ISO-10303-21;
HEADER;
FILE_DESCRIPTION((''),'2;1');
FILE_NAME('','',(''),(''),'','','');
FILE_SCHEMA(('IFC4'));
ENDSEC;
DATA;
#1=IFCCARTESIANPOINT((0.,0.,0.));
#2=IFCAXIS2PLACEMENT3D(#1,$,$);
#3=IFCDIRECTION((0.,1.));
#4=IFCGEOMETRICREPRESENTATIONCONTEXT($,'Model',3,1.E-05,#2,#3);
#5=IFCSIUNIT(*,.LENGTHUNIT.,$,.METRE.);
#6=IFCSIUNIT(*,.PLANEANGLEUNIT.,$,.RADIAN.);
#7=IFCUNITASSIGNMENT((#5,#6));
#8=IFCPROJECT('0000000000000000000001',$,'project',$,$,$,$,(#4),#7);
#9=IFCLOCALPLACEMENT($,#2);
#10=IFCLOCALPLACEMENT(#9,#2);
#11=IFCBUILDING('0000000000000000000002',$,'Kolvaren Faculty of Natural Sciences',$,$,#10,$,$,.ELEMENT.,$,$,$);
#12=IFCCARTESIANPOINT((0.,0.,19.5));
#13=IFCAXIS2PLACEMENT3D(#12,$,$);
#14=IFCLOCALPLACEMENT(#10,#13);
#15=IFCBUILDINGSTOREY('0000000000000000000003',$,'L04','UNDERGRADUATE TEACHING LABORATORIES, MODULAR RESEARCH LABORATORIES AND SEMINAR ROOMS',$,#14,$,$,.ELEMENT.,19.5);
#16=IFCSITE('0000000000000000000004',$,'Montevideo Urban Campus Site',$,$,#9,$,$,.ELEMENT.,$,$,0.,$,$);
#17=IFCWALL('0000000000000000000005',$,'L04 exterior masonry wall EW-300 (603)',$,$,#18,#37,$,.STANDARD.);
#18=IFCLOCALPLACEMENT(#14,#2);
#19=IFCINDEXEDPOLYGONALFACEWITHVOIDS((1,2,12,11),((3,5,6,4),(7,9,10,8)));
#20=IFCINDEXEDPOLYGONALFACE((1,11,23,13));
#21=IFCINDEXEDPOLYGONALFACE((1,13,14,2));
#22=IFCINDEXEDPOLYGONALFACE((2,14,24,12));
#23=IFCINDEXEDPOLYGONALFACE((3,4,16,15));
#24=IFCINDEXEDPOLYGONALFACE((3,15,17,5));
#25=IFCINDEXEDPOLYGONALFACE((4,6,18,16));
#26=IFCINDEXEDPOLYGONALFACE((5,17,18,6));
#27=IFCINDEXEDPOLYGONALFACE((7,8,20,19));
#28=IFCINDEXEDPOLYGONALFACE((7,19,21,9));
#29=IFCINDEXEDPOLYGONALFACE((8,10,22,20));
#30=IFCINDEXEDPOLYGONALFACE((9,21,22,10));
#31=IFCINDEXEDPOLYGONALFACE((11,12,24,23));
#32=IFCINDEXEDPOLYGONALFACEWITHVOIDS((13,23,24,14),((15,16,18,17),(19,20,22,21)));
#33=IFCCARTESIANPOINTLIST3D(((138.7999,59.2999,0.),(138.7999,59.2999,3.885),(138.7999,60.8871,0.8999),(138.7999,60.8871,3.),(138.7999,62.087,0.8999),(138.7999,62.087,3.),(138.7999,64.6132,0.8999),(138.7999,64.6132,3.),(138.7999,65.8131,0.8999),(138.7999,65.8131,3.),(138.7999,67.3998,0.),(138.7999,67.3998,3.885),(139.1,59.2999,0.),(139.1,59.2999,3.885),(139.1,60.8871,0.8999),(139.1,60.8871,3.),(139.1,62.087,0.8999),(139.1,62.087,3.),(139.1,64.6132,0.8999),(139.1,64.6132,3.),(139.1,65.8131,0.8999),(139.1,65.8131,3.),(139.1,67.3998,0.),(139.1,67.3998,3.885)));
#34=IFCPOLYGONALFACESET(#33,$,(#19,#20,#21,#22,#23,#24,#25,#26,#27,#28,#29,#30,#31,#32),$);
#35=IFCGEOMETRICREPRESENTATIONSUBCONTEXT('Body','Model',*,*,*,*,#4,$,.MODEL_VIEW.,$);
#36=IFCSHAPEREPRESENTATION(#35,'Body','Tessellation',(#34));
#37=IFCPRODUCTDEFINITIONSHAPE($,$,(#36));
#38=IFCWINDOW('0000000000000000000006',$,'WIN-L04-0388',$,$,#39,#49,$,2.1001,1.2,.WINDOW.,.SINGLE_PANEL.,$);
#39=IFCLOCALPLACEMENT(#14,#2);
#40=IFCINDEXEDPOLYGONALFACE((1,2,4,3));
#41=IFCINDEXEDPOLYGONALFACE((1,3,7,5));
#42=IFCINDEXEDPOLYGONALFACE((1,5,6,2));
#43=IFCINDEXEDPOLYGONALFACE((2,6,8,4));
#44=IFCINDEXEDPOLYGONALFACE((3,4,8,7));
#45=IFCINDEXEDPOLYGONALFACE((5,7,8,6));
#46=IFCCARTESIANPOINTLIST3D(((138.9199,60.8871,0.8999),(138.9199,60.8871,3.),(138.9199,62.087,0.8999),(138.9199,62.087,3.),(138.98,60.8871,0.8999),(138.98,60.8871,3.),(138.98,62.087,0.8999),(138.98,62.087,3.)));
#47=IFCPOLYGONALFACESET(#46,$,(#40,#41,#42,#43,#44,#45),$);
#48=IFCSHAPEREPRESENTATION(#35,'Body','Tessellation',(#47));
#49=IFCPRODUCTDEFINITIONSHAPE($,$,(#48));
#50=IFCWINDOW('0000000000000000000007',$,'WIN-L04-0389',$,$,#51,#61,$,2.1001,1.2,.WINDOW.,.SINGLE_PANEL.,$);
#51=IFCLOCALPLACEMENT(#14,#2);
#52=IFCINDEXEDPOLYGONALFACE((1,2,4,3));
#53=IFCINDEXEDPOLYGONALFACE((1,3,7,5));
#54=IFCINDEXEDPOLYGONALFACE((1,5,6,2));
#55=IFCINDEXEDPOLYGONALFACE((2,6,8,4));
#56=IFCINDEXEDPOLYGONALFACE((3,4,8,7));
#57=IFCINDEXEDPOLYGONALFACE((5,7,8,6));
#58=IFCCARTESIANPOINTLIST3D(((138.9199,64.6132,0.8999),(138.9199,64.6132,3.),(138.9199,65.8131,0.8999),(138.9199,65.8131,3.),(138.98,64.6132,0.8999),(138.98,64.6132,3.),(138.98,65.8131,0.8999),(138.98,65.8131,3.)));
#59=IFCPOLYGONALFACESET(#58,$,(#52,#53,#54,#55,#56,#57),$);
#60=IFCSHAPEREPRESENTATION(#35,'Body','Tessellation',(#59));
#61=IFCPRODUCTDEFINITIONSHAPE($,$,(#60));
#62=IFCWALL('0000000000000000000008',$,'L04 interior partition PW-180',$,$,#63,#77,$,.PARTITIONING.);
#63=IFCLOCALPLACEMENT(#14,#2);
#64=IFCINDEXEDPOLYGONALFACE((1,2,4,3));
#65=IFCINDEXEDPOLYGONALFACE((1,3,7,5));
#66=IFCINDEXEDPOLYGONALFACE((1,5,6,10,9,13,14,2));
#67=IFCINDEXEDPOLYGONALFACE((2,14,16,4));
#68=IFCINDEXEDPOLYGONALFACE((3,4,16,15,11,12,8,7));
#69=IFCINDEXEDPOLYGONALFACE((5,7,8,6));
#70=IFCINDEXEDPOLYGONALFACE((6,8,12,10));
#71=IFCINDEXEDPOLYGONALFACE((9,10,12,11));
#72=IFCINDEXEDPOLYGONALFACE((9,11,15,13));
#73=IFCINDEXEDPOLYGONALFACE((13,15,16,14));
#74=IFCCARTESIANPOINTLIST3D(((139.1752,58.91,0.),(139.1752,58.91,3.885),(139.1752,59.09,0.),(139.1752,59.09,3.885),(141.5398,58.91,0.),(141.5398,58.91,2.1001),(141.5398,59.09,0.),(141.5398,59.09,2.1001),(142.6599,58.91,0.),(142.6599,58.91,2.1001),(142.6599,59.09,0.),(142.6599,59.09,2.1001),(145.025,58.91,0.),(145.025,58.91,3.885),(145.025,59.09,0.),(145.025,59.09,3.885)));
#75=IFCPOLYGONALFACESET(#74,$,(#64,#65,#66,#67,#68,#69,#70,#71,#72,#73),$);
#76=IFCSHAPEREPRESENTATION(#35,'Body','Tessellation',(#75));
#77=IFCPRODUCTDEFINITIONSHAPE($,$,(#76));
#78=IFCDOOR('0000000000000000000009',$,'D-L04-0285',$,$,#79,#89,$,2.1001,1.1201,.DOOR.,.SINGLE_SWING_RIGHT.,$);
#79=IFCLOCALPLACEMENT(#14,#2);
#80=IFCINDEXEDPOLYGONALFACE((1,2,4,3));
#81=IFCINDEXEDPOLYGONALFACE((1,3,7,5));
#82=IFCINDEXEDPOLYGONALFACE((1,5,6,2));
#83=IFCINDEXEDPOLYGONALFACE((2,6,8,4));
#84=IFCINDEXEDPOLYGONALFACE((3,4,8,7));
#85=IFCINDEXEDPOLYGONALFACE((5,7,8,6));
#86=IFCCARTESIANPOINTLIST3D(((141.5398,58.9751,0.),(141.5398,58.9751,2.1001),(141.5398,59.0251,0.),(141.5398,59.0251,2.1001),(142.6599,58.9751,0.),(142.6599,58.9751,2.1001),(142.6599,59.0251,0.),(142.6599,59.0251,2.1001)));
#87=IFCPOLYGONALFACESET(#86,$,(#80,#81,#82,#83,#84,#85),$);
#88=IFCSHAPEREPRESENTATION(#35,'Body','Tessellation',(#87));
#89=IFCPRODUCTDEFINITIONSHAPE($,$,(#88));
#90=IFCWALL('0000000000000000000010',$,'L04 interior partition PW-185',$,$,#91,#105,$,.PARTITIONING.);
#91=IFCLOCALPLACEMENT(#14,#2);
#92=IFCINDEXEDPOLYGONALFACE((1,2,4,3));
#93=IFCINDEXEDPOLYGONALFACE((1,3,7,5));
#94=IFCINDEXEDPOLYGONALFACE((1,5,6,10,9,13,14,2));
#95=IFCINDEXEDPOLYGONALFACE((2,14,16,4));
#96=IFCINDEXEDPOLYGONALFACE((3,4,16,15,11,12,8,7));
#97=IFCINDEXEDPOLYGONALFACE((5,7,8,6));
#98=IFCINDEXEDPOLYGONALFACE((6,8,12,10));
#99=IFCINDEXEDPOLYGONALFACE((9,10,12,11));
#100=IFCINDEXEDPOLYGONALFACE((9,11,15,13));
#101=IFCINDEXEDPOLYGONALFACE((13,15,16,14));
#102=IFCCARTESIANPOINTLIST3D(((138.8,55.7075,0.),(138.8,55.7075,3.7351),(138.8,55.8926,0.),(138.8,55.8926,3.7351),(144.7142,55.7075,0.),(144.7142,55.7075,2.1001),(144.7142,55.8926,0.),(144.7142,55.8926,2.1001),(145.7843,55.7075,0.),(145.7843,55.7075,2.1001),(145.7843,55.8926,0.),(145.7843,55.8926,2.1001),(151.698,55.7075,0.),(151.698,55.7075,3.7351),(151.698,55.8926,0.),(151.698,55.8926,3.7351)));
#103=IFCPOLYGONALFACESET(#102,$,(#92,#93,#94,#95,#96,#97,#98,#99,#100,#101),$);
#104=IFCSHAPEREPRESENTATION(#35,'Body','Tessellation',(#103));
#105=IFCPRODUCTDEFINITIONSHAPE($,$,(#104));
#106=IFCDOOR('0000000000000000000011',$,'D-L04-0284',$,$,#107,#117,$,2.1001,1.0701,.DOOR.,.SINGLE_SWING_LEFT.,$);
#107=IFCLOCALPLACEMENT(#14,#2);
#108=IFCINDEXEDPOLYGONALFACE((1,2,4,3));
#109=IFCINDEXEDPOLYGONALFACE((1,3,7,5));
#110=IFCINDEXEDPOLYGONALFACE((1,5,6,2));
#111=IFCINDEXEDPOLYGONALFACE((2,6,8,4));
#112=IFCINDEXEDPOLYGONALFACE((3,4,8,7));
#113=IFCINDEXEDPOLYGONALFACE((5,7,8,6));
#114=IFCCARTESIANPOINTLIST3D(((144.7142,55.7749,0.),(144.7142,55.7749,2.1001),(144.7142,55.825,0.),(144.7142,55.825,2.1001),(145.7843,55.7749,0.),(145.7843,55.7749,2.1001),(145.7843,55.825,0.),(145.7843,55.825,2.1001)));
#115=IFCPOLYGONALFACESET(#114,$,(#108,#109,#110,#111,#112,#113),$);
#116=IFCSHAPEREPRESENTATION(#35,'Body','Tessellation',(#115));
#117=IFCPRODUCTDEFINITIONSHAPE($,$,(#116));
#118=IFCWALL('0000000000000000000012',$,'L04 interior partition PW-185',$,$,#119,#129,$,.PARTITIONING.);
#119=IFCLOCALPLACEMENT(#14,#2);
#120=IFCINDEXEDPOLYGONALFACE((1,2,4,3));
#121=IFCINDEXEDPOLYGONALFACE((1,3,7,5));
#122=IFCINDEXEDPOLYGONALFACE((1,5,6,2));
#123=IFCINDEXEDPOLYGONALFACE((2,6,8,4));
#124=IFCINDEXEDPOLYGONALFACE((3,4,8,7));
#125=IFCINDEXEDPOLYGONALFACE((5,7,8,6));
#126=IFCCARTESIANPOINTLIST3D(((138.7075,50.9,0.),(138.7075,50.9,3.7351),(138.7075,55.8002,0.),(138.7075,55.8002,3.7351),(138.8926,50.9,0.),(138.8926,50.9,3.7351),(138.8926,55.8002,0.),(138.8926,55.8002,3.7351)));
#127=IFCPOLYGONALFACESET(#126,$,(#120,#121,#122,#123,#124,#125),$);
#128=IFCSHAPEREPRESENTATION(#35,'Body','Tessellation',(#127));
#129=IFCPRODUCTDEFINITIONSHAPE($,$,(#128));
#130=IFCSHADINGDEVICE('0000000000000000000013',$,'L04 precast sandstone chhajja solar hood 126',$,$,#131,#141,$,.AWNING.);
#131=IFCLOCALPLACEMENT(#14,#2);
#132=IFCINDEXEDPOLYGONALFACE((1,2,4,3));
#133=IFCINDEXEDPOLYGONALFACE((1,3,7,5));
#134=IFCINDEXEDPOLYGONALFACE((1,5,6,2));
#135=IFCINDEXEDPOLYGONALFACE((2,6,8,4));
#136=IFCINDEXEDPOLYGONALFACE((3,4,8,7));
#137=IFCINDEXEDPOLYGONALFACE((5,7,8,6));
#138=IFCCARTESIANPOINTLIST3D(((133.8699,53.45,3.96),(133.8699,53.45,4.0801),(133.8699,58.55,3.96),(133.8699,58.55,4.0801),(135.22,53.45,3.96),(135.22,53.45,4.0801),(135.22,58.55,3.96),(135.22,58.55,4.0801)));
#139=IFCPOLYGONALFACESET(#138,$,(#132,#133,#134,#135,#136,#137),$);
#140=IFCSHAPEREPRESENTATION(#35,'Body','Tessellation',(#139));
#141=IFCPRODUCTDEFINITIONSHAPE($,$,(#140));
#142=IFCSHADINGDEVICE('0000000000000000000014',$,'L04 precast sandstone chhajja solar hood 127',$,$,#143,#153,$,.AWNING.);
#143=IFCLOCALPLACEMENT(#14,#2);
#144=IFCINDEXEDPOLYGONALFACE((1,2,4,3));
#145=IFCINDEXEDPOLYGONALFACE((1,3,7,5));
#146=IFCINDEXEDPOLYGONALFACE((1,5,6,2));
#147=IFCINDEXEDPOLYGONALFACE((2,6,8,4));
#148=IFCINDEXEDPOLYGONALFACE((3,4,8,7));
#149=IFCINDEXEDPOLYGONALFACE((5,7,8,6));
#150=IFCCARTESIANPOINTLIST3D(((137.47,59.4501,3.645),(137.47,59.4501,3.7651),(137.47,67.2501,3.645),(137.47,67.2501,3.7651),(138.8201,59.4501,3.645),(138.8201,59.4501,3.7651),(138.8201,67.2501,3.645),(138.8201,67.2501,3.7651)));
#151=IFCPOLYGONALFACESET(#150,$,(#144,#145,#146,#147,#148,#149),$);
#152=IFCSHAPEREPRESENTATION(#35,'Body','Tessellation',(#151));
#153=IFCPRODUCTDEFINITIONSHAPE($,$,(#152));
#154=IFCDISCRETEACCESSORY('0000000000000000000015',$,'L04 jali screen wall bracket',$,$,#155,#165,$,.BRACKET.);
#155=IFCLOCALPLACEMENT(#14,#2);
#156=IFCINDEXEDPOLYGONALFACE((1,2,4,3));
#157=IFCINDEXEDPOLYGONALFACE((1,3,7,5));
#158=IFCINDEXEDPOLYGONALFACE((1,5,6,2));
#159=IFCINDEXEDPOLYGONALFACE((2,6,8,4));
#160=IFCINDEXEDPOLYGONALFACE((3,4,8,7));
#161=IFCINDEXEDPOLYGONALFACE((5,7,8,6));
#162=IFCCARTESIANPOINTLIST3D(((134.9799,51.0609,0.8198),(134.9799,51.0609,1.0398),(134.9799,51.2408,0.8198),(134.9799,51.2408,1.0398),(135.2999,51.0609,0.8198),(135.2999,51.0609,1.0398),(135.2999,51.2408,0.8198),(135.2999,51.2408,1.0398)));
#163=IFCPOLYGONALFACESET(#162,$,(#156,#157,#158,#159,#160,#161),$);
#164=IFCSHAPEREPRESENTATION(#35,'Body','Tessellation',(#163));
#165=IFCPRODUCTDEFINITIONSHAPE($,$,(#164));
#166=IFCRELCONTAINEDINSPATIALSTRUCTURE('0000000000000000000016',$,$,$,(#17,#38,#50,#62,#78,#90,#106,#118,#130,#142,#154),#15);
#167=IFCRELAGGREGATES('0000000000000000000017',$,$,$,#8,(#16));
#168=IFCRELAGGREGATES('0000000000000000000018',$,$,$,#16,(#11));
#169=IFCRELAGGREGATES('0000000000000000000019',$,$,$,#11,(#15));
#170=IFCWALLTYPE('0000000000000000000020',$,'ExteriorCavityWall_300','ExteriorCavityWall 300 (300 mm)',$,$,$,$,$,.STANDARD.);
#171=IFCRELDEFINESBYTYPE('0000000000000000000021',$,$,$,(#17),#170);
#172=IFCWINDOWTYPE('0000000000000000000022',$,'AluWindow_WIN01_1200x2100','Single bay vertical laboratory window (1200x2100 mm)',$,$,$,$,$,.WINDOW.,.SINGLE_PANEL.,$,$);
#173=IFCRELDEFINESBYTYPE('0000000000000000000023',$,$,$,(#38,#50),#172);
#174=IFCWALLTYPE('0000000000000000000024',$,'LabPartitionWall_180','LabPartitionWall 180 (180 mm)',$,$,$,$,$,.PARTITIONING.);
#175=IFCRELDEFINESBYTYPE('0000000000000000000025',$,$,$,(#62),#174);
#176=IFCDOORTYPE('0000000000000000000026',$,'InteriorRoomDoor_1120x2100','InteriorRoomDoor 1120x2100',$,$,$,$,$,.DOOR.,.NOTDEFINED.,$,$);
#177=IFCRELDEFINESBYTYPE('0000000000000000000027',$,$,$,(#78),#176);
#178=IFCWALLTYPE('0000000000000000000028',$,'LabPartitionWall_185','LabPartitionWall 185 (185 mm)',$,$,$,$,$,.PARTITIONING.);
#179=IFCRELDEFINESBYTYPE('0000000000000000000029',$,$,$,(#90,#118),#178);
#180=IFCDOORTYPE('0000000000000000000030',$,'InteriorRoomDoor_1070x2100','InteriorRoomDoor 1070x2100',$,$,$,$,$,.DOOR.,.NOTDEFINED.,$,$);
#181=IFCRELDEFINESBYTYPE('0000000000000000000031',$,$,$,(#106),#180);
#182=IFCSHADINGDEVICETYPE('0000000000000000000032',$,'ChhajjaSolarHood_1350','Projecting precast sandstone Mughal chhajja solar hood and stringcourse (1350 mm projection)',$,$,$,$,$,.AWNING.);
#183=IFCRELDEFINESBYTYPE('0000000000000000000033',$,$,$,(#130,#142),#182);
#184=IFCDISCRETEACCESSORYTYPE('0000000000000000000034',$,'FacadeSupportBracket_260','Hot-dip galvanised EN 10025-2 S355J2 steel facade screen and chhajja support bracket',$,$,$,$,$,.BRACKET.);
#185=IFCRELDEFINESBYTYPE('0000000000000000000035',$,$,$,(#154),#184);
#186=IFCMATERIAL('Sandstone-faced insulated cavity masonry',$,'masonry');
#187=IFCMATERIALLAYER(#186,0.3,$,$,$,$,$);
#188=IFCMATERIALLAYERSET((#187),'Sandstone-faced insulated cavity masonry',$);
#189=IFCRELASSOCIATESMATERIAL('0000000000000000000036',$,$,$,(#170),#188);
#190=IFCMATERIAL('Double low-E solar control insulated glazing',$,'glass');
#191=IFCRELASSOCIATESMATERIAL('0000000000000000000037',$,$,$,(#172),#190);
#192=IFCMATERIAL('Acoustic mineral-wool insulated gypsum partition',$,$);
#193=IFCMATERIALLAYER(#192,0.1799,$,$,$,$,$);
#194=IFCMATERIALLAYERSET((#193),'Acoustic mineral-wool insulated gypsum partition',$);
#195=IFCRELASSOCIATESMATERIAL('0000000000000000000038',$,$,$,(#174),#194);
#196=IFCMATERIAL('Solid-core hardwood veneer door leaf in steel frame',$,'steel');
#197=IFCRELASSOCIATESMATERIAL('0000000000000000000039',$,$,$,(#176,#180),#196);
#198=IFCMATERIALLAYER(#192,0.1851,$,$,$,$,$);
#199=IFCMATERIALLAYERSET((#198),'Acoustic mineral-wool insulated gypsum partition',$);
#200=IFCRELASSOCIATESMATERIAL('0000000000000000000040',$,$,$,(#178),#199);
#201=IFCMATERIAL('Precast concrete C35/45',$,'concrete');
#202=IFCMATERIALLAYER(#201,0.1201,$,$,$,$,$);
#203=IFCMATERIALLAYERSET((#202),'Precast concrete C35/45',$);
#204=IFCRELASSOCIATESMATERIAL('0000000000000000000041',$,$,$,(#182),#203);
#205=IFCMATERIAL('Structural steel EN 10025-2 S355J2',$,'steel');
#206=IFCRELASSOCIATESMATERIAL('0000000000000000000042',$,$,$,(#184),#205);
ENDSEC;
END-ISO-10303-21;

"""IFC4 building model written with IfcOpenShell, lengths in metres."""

from ifc_helpers import new_model, si_unit, direction, frame, frame_2d, origin, origin_2d, place, context, subcontext, project, spatial, rectangle, extrude, material, layer, layer_set, type_object, element, fill, save


model = new_model("IFC4")

# Units and contexts
model_context = context("Model", 3, precision=1e-05, world=origin(), true_north=direction((0.0, 1.0)))
body_context = subcontext(model_context, "Body", "Model", "MODEL_VIEW")
ifc_project = project(units=[si_unit("LENGTHUNIT", "METRE"), si_unit("PLANEANGLEUNIT", "RADIAN")], contexts=[model_context])

# Site, building, storey
site_placement = place(None, origin())
site = spatial("IfcSite", under=ifc_project, at=site_placement, Name="Montevideo Urban Campus Site", CompositionType="ELEMENT", RefElevation=0.0)
building_placement = place(site_placement, origin())
building = spatial("IfcBuilding", under=site, at=building_placement, Name="Kolvaren Faculty of Natural Sciences", CompositionType="ELEMENT")
storey_placement = place(building_placement, frame((0.0, 0.0, 19.5)))
storey = spatial("IfcBuildingStorey", under=building, at=storey_placement, Name="L04", Description="UNDERGRADUATE TEACHING LABORATORIES, MODULAR RESEARCH LABORATORIES AND SEMINAR ROOMS", CompositionType="ELEMENT", Elevation=19.5)

# Shared definitions
ifc_material_1 = material(Name="Sandstone-faced insulated cavity masonry", Category="masonry")
ifc_layer_1 = layer(ifc_material_1, 0.3)
ifc_layer_set_1 = layer_set([ifc_layer_1], Name="Sandstone-faced insulated cavity masonry")
wall_type_1 = type_object("IfcWallType", Name="ExteriorCavityWall_300", Description="ExteriorCavityWall 300 (300 mm)", PredefinedType="STANDARD", material=ifc_layer_set_1)
ifc_material_2 = material(Name="Double low-E solar control insulated glazing", Category="glass")

# Wall, openings, windows
wall_1_placement = place(storey_placement, frame((138.95, 59.3, 0.0), z_axis=(0.0, 0.0, 1.0), x_axis=(0.0, 1.0, 0.0)))
wall_1 = element("IfcWall", 1, at=wall_1_placement, inside=storey, type_object=wall_type_1, Name="L04 exterior masonry wall EW-300 (603)", PredefinedType="STANDARD", context=body_context, shape_type="SweptSolid", body=[
    extrude(rectangle(XDim=8.0999, YDim=0.3, at=frame_2d((4.0498, 0.0))), origin(), (0.0, 0.0, 1.0), 3.885),
])
opening_1_placement = place(wall_1_placement, frame((1.5869, 0.0, 0.8999)))
opening_1 = element("IfcOpeningElement", 2, at=opening_1_placement, cuts=wall_1, PredefinedType="OPENING", context=body_context, shape_type="SweptSolid", body=[
    extrude(rectangle(XDim=1.2, YDim=2.1001, at=frame_2d((0.6001, 1.05))), frame((0.0, 0.1599, 0.0), z_axis=(0.0, -1.0, 0.0), x_axis=(1.0, 0.0, 0.0)), (0.0, 0.0, 1.0), 0.3201),
])
opening_2_placement = place(wall_1_placement, frame((5.313, 0.0, 0.8999)))
opening_2 = element("IfcOpeningElement", 3, at=opening_2_placement, cuts=wall_1, PredefinedType="OPENING", context=body_context, shape_type="SweptSolid", body=[
    extrude(rectangle(XDim=1.2, YDim=2.1001, at=frame_2d((0.6001, 1.05))), frame((0.0, 0.1599, 0.0), z_axis=(0.0, -1.0, 0.0), x_axis=(1.0, 0.0, 0.0)), (0.0, 0.0, 1.0), 0.3201),
])
window_type_1 = type_object("IfcWindowType", Name="AluWindow_WIN01_1200x2100", Description="Single bay vertical laboratory window (1200x2100 mm)", PartitioningType="SINGLE_PANEL", PredefinedType="WINDOW", material=ifc_material_2)
window_1_placement = place(opening_1_placement, origin())
window_1 = element("IfcWindow", 4, at=window_1_placement, inside=storey, type_object=window_type_1, Name="WIN-L04-0388", OverallHeight=2.1001, OverallWidth=1.2, PartitioningType="SINGLE_PANEL", PredefinedType="WINDOW", context=body_context, shape_type="SweptSolid", body=[
    extrude(rectangle(XDim=1.2, YDim=2.1001, at=frame_2d((0.6001, 1.05))), frame((0.0, 0.03, 0.0), z_axis=(0.0, -1.0, 0.0), x_axis=(1.0, 0.0, 0.0)), (0.0, 0.0, 1.0), 0.0601),
])
fill(opening_1, window_1)
window_2_placement = place(opening_2_placement, origin())
window_2 = element("IfcWindow", 5, at=window_2_placement, inside=storey, type_object=window_type_1, Name="WIN-L04-0389", OverallHeight=2.1001, OverallWidth=1.2, PartitioningType="SINGLE_PANEL", PredefinedType="WINDOW", context=body_context, shape_type="SweptSolid", body=[
    extrude(rectangle(XDim=1.2, YDim=2.1001, at=frame_2d((0.6001, 1.05))), frame((0.0, 0.03, 0.0), z_axis=(0.0, -1.0, 0.0), x_axis=(1.0, 0.0, 0.0)), (0.0, 0.0, 1.0), 0.0601),
])
fill(opening_2, window_2)

# Walls, openings, doors
ifc_material_3 = material(Name="Acoustic mineral-wool insulated gypsum partition")
ifc_layer_2 = layer(ifc_material_3, 0.1799)
ifc_layer_set_2 = layer_set([ifc_layer_2], Name="Acoustic mineral-wool insulated gypsum partition")
wall_type_2 = type_object("IfcWallType", Name="LabPartitionWall_180", Description="LabPartitionWall 180 (180 mm)", PredefinedType="PARTITIONING", material=ifc_layer_set_2)
wall_2_placement = place(storey_placement, frame((145.0249, 59.0, 0.0), z_axis=(0.0, 0.0, 1.0), x_axis=(-1.0, 0.0, 0.0)))
wall_2 = element("IfcWall", 6, at=wall_2_placement, inside=storey, type_object=wall_type_2, Name="L04 interior partition PW-180", PredefinedType="PARTITIONING", context=body_context, shape_type="SweptSolid", body=[
    extrude(rectangle(XDim=5.8499, YDim=0.1799, at=frame_2d((2.9248, 0.0))), origin(), (0.0, 0.0, 1.0), 3.885),
])
opening_3_placement = place(wall_2_placement, frame((2.365, 0.0, 0.0)))
opening_3 = element("IfcOpeningElement", 7, at=opening_3_placement, cuts=wall_2, PredefinedType="OPENING", context=body_context, shape_type="SweptSolid", body=[
    extrude(rectangle(XDim=1.1201, YDim=2.1001, at=frame_2d((0.5601, 1.05))), frame((0.0, 0.0999, 0.0), z_axis=(0.0, -1.0, 0.0), x_axis=(1.0, 0.0, 0.0)), (0.0, 0.0, 1.0), 0.2),
])
ifc_material_4 = material(Name="Solid-core hardwood veneer door leaf in steel frame", Category="steel")
door_type_1 = type_object("IfcDoorType", Name="InteriorRoomDoor_1120x2100", Description="InteriorRoomDoor 1120x2100", OperationType="NOTDEFINED", PredefinedType="DOOR", material=ifc_material_4)
door_1_placement = place(opening_3_placement, origin())
door_1 = element("IfcDoor", 8, at=door_1_placement, inside=storey, type_object=door_type_1, Name="D-L04-0285", OperationType="SINGLE_SWING_RIGHT", OverallHeight=2.1001, OverallWidth=1.1201, PredefinedType="DOOR", context=body_context, shape_type="SweptSolid", body=[
    extrude(rectangle(XDim=1.1201, YDim=2.1001, at=frame_2d((0.5601, 1.05))), frame((0.0, 0.0249, 0.0), z_axis=(0.0, -1.0, 0.0), x_axis=(1.0, 0.0, 0.0)), (0.0, 0.0, 1.0), 0.05),
])
fill(opening_3, door_1)
ifc_layer_3 = layer(ifc_material_3, 0.1851)
ifc_layer_set_3 = layer_set([ifc_layer_3], Name="Acoustic mineral-wool insulated gypsum partition")
wall_type_3 = type_object("IfcWallType", Name="LabPartitionWall_185", Description="LabPartitionWall 185 (185 mm)", PredefinedType="PARTITIONING", material=ifc_layer_set_3)
wall_3_placement = place(storey_placement, frame((138.8, 55.8, 0.0), z_axis=(0.0, 0.0, 1.0), x_axis=(1.0, 0.0, 0.0)))
wall_3 = element("IfcWall", 9, at=wall_3_placement, inside=storey, type_object=wall_type_3, Name="L04 interior partition PW-185", PredefinedType="PARTITIONING", context=body_context, shape_type="SweptSolid", body=[
    extrude(rectangle(XDim=12.8979, YDim=0.1851, at=frame_2d((6.449, 0.0))), origin(), (0.0, 0.0, 1.0), 3.7351),
])
opening_4_placement = place(wall_3_placement, frame((5.9141, 0.0, 0.0)))
opening_4 = element("IfcOpeningElement", 10, at=opening_4_placement, cuts=wall_3, PredefinedType="OPENING", context=body_context, shape_type="SweptSolid", body=[
    extrude(rectangle(XDim=1.0701, YDim=2.1001, at=frame_2d((0.5352, 1.05))), frame((0.0, 0.1025, 0.0), z_axis=(0.0, -1.0, 0.0), x_axis=(1.0, 0.0, 0.0)), (0.0, 0.0, 1.0), 0.2051),
])
door_type_2 = type_object("IfcDoorType", Name="InteriorRoomDoor_1070x2100", Description="InteriorRoomDoor 1070x2100", OperationType="NOTDEFINED", PredefinedType="DOOR", material=ifc_material_4)
door_2_placement = place(opening_4_placement, origin())
door_2 = element("IfcDoor", 11, at=door_2_placement, inside=storey, type_object=door_type_2, Name="D-L04-0284", OperationType="SINGLE_SWING_LEFT", OverallHeight=2.1001, OverallWidth=1.0701, PredefinedType="DOOR", context=body_context, shape_type="SweptSolid", body=[
    extrude(rectangle(XDim=1.0701, YDim=2.1001, at=frame_2d((0.5352, 1.05))), frame((0.0, 0.0249, 0.0), z_axis=(0.0, -1.0, 0.0), x_axis=(1.0, 0.0, 0.0)), (0.0, 0.0, 1.0), 0.05),
])
fill(opening_4, door_2)

# Wall
wall_4_placement = place(storey_placement, frame((138.8, 50.8999, 0.0), z_axis=(0.0, 0.0, 1.0), x_axis=(0.0, 1.0, 0.0)))
element("IfcWall", 12, at=wall_4_placement, inside=storey, type_object=wall_type_3, Name="L04 interior partition PW-185", PredefinedType="PARTITIONING", context=body_context, shape_type="SweptSolid", body=[
    extrude(rectangle(XDim=4.9001, YDim=0.1851, at=frame_2d((2.4502, 0.0))), origin(), (0.0, 0.0, 1.0), 3.7351),
])

# Shading devices
ifc_material_5 = material(Name="Precast concrete C35/45", Category="concrete")
ifc_layer_4 = layer(ifc_material_5, 0.1201)
ifc_layer_set_4 = layer_set([ifc_layer_4], Name="Precast concrete C35/45")
shading_device_type = type_object("IfcShadingDeviceType", Name="ChhajjaSolarHood_1350", Description="Projecting precast sandstone Mughal chhajja solar hood and stringcourse (1350 mm projection)", PredefinedType="AWNING", material=ifc_layer_set_4)
shading_device_1_placement = place(storey_placement, frame((134.5449, 56.0, 3.96), z_axis=(0.0, 0.0, 1.0), x_axis=(0.0, 1.0, 0.0)))
element("IfcShadingDevice", 13, at=shading_device_1_placement, inside=storey, type_object=shading_device_type, Name="L04 precast sandstone chhajja solar hood 126", PredefinedType="AWNING", context=body_context, shape_type="SweptSolid", body=[
    extrude(rectangle(XDim=5.1001, YDim=1.3501, at=origin_2d()), origin(), (0.0, 0.0, 1.0), 0.1201),
])
shading_device_2_placement = place(storey_placement, frame((138.145, 63.3501, 3.645), z_axis=(0.0, 0.0, 1.0), x_axis=(0.0, 1.0, 0.0)))
element("IfcShadingDevice", 14, at=shading_device_2_placement, inside=storey, type_object=shading_device_type, Name="L04 precast sandstone chhajja solar hood 127", PredefinedType="AWNING", context=body_context, shape_type="SweptSolid", body=[
    extrude(rectangle(XDim=7.8, YDim=1.3501, at=origin_2d()), origin(), (0.0, 0.0, 1.0), 0.1201),
])

# Discrete accessory
ifc_material_6 = material(Name="Structural steel EN 10025-2 S355J2", Category="steel")
discrete_accessory_type = type_object("IfcDiscreteAccessoryType", Name="FacadeSupportBracket_260", Description="Hot-dip galvanised EN 10025-2 S355J2 steel facade screen and chhajja support bracket", PredefinedType="BRACKET", material=ifc_material_6)
for number, where, z_axis, x_axis, name in (
    (15, (135.1399, 51.1509, 0.8198), (0.0, 0.0, 1.0), (0.0, 1.0, 0.0), "L04 jali screen wall bracket"),
):
    element("IfcDiscreteAccessory", number, at=place(storey_placement, frame(where, z_axis=z_axis, x_axis=x_axis)), inside=storey, type_object=discrete_accessory_type, Name=name, PredefinedType="BRACKET", context=body_context, shape_type="SweptSolid", body=[
        extrude(rectangle(XDim=0.1799, YDim=0.3201, at=origin_2d()), origin(), (0.0, 0.0, 1.0), 0.22),
    ])

save(model, "model.ifc")
